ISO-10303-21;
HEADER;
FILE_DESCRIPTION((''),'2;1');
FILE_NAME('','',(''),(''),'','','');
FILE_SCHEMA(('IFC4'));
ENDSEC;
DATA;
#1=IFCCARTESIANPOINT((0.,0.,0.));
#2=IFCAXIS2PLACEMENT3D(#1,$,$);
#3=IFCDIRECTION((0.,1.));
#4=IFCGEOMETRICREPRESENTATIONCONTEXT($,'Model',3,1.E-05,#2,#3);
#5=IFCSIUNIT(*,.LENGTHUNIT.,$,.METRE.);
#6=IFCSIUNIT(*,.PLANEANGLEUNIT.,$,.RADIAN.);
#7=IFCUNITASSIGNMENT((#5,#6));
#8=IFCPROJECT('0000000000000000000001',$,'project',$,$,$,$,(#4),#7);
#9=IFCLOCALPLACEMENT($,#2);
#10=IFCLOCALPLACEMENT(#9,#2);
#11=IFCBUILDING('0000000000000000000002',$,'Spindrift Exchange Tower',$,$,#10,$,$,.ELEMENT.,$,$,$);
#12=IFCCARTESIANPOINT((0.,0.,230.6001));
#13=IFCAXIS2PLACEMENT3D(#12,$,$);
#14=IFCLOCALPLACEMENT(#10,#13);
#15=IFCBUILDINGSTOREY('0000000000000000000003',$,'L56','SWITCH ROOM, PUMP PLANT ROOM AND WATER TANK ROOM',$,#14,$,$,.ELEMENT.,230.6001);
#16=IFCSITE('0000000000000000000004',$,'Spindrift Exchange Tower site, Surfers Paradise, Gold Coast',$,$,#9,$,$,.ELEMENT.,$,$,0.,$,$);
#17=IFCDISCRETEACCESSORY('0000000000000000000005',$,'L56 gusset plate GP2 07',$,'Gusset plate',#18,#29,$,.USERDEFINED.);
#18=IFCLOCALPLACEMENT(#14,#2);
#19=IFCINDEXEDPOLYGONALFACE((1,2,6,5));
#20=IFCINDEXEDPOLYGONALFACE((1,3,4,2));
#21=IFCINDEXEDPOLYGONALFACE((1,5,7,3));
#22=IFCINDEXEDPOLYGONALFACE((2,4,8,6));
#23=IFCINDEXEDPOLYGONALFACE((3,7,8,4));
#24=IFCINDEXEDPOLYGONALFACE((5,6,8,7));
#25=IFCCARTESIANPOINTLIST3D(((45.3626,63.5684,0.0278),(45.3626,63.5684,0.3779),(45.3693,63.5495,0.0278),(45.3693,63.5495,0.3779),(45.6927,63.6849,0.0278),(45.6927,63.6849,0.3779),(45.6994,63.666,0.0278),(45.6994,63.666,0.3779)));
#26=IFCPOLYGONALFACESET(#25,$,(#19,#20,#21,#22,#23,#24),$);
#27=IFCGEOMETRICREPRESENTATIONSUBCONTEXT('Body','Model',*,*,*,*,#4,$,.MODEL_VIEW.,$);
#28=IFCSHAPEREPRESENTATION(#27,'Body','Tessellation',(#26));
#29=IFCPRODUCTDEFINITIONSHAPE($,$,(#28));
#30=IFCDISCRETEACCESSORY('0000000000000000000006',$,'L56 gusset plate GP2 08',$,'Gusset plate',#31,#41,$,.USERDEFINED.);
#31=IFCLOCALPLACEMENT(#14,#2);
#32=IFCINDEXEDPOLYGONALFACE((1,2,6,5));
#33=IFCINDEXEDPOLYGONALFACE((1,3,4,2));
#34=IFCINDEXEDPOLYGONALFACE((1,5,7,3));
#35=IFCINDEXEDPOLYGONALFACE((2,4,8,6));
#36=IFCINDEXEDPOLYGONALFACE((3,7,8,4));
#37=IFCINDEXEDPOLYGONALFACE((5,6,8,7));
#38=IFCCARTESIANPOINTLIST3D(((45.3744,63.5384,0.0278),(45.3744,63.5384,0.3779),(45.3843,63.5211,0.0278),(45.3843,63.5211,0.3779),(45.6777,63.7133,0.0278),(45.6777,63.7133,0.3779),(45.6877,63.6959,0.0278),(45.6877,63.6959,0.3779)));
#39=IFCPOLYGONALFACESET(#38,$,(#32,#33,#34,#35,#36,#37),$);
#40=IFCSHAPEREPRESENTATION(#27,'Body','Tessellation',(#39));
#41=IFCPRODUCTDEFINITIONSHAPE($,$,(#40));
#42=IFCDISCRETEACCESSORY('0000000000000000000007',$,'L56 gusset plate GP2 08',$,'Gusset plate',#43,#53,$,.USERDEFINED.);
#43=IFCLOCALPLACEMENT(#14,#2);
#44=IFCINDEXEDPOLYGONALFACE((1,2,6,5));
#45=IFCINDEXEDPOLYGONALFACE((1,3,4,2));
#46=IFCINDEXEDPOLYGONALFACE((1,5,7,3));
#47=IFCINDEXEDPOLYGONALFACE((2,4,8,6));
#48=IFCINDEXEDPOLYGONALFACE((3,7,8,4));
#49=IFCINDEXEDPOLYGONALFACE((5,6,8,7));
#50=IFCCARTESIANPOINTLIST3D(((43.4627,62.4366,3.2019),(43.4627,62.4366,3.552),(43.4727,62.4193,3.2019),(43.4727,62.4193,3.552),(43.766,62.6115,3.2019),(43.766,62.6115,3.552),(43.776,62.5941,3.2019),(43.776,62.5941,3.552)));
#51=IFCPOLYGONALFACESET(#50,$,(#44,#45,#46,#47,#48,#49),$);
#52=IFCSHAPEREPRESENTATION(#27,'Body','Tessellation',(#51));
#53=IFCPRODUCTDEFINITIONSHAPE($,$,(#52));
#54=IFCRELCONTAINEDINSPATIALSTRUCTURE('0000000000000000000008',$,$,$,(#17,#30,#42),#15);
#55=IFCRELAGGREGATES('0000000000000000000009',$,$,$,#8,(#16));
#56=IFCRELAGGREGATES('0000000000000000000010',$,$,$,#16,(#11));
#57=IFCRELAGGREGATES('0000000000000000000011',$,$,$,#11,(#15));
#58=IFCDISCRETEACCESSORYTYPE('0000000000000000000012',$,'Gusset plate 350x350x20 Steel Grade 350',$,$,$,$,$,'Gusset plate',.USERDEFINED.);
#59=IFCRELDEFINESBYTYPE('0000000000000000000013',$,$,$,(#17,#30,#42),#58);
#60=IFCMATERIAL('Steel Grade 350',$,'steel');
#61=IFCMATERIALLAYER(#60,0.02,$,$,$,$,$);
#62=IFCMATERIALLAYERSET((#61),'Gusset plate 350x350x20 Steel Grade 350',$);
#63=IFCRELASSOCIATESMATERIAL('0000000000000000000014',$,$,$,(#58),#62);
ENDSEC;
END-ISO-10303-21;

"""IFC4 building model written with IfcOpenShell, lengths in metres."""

from ifc_helpers import new_model, si_unit, direction, frame, origin, origin_2d, place, context, subcontext, project, spatial, rectangle, extrude, source, transform, mapped, material, layer, layer_set, type_object, element, save


model = new_model("IFC4")

# Units and contexts
model_context = context("Model", 3, precision=1e-05, world=origin(), true_north=direction((0.0, 1.0)))
body_context = subcontext(model_context, "Body", "Model", "MODEL_VIEW")
ifc_project = project(units=[si_unit("LENGTHUNIT", "METRE"), si_unit("PLANEANGLEUNIT", "RADIAN")], contexts=[model_context])

# Site, building, storey
site_placement = place(None, origin())
site = spatial("IfcSite", under=ifc_project, at=site_placement, Name="Spindrift Exchange Tower site, Surfers Paradise, Gold Coast", CompositionType="ELEMENT", RefElevation=0.0)
building_placement = place(site_placement, origin())
building = spatial("IfcBuilding", under=site, at=building_placement, Name="Spindrift Exchange Tower", CompositionType="ELEMENT")
storey_placement = place(building_placement, frame((0.0, 0.0, 230.6001)))
storey = spatial("IfcBuildingStorey", under=building, at=storey_placement, Name="L56", Description="SWITCH ROOM, PUMP PLANT ROOM AND WATER TANK ROOM", CompositionType="ELEMENT", Elevation=230.6001)

# Shared definitions
ifc_material_1 = material(Name="Steel Grade 350", Category="steel")

# Discrete accessories
ifc_layer_1 = layer(ifc_material_1, 0.02)
ifc_layer_set_1 = layer_set([ifc_layer_1], Name="Gusset plate 350x350x20 Steel Grade 350")
discrete_accessory_type_1 = type_object("IfcDiscreteAccessoryType", Name="Gusset plate 350x350x20 Steel Grade 350", ElementType="Gusset plate", PredefinedType="USERDEFINED", material=ifc_layer_set_1)
shared_shape_1 = source(origin(), body_context, "Body", "SweptSolid", [
    extrude(rectangle(XDim=0.3501, YDim=0.02, at=origin_2d()), origin(), (0.0, 0.0, 1.0), 0.3501),
])
for number, where, z_axis, x_axis, name in (
    (1, (45.531, 63.6172, 0.0278), (0.0, 0.0, 1.0), (-0.943015, -0.33275, 0.0), "L56 gusset plate GP2 07"),
    (2, (45.531, 63.6172, 0.0278), (0.0, 0.0, 1.0), (-0.866363, -0.499415, 0.0), "L56 gusset plate GP2 08"),
    (3, (43.6194, 62.5154, 3.2019), (0.0, 0.0, 1.0), (-0.866363, -0.499415, 0.0), "L56 gusset plate GP2 08"),
):
    element("IfcDiscreteAccessory", number, at=place(storey_placement, frame(where, z_axis=z_axis, x_axis=x_axis)), inside=storey, type_object=discrete_accessory_type_1, Name=name, ObjectType="Gusset plate", PredefinedType="USERDEFINED", context=body_context, shape_type="MappedRepresentation", body=[
        mapped(shared_shape_1, transform((0.0, 0.0, 0.0), scale=1.0)),
    ])

save(model, "model.ifc")
